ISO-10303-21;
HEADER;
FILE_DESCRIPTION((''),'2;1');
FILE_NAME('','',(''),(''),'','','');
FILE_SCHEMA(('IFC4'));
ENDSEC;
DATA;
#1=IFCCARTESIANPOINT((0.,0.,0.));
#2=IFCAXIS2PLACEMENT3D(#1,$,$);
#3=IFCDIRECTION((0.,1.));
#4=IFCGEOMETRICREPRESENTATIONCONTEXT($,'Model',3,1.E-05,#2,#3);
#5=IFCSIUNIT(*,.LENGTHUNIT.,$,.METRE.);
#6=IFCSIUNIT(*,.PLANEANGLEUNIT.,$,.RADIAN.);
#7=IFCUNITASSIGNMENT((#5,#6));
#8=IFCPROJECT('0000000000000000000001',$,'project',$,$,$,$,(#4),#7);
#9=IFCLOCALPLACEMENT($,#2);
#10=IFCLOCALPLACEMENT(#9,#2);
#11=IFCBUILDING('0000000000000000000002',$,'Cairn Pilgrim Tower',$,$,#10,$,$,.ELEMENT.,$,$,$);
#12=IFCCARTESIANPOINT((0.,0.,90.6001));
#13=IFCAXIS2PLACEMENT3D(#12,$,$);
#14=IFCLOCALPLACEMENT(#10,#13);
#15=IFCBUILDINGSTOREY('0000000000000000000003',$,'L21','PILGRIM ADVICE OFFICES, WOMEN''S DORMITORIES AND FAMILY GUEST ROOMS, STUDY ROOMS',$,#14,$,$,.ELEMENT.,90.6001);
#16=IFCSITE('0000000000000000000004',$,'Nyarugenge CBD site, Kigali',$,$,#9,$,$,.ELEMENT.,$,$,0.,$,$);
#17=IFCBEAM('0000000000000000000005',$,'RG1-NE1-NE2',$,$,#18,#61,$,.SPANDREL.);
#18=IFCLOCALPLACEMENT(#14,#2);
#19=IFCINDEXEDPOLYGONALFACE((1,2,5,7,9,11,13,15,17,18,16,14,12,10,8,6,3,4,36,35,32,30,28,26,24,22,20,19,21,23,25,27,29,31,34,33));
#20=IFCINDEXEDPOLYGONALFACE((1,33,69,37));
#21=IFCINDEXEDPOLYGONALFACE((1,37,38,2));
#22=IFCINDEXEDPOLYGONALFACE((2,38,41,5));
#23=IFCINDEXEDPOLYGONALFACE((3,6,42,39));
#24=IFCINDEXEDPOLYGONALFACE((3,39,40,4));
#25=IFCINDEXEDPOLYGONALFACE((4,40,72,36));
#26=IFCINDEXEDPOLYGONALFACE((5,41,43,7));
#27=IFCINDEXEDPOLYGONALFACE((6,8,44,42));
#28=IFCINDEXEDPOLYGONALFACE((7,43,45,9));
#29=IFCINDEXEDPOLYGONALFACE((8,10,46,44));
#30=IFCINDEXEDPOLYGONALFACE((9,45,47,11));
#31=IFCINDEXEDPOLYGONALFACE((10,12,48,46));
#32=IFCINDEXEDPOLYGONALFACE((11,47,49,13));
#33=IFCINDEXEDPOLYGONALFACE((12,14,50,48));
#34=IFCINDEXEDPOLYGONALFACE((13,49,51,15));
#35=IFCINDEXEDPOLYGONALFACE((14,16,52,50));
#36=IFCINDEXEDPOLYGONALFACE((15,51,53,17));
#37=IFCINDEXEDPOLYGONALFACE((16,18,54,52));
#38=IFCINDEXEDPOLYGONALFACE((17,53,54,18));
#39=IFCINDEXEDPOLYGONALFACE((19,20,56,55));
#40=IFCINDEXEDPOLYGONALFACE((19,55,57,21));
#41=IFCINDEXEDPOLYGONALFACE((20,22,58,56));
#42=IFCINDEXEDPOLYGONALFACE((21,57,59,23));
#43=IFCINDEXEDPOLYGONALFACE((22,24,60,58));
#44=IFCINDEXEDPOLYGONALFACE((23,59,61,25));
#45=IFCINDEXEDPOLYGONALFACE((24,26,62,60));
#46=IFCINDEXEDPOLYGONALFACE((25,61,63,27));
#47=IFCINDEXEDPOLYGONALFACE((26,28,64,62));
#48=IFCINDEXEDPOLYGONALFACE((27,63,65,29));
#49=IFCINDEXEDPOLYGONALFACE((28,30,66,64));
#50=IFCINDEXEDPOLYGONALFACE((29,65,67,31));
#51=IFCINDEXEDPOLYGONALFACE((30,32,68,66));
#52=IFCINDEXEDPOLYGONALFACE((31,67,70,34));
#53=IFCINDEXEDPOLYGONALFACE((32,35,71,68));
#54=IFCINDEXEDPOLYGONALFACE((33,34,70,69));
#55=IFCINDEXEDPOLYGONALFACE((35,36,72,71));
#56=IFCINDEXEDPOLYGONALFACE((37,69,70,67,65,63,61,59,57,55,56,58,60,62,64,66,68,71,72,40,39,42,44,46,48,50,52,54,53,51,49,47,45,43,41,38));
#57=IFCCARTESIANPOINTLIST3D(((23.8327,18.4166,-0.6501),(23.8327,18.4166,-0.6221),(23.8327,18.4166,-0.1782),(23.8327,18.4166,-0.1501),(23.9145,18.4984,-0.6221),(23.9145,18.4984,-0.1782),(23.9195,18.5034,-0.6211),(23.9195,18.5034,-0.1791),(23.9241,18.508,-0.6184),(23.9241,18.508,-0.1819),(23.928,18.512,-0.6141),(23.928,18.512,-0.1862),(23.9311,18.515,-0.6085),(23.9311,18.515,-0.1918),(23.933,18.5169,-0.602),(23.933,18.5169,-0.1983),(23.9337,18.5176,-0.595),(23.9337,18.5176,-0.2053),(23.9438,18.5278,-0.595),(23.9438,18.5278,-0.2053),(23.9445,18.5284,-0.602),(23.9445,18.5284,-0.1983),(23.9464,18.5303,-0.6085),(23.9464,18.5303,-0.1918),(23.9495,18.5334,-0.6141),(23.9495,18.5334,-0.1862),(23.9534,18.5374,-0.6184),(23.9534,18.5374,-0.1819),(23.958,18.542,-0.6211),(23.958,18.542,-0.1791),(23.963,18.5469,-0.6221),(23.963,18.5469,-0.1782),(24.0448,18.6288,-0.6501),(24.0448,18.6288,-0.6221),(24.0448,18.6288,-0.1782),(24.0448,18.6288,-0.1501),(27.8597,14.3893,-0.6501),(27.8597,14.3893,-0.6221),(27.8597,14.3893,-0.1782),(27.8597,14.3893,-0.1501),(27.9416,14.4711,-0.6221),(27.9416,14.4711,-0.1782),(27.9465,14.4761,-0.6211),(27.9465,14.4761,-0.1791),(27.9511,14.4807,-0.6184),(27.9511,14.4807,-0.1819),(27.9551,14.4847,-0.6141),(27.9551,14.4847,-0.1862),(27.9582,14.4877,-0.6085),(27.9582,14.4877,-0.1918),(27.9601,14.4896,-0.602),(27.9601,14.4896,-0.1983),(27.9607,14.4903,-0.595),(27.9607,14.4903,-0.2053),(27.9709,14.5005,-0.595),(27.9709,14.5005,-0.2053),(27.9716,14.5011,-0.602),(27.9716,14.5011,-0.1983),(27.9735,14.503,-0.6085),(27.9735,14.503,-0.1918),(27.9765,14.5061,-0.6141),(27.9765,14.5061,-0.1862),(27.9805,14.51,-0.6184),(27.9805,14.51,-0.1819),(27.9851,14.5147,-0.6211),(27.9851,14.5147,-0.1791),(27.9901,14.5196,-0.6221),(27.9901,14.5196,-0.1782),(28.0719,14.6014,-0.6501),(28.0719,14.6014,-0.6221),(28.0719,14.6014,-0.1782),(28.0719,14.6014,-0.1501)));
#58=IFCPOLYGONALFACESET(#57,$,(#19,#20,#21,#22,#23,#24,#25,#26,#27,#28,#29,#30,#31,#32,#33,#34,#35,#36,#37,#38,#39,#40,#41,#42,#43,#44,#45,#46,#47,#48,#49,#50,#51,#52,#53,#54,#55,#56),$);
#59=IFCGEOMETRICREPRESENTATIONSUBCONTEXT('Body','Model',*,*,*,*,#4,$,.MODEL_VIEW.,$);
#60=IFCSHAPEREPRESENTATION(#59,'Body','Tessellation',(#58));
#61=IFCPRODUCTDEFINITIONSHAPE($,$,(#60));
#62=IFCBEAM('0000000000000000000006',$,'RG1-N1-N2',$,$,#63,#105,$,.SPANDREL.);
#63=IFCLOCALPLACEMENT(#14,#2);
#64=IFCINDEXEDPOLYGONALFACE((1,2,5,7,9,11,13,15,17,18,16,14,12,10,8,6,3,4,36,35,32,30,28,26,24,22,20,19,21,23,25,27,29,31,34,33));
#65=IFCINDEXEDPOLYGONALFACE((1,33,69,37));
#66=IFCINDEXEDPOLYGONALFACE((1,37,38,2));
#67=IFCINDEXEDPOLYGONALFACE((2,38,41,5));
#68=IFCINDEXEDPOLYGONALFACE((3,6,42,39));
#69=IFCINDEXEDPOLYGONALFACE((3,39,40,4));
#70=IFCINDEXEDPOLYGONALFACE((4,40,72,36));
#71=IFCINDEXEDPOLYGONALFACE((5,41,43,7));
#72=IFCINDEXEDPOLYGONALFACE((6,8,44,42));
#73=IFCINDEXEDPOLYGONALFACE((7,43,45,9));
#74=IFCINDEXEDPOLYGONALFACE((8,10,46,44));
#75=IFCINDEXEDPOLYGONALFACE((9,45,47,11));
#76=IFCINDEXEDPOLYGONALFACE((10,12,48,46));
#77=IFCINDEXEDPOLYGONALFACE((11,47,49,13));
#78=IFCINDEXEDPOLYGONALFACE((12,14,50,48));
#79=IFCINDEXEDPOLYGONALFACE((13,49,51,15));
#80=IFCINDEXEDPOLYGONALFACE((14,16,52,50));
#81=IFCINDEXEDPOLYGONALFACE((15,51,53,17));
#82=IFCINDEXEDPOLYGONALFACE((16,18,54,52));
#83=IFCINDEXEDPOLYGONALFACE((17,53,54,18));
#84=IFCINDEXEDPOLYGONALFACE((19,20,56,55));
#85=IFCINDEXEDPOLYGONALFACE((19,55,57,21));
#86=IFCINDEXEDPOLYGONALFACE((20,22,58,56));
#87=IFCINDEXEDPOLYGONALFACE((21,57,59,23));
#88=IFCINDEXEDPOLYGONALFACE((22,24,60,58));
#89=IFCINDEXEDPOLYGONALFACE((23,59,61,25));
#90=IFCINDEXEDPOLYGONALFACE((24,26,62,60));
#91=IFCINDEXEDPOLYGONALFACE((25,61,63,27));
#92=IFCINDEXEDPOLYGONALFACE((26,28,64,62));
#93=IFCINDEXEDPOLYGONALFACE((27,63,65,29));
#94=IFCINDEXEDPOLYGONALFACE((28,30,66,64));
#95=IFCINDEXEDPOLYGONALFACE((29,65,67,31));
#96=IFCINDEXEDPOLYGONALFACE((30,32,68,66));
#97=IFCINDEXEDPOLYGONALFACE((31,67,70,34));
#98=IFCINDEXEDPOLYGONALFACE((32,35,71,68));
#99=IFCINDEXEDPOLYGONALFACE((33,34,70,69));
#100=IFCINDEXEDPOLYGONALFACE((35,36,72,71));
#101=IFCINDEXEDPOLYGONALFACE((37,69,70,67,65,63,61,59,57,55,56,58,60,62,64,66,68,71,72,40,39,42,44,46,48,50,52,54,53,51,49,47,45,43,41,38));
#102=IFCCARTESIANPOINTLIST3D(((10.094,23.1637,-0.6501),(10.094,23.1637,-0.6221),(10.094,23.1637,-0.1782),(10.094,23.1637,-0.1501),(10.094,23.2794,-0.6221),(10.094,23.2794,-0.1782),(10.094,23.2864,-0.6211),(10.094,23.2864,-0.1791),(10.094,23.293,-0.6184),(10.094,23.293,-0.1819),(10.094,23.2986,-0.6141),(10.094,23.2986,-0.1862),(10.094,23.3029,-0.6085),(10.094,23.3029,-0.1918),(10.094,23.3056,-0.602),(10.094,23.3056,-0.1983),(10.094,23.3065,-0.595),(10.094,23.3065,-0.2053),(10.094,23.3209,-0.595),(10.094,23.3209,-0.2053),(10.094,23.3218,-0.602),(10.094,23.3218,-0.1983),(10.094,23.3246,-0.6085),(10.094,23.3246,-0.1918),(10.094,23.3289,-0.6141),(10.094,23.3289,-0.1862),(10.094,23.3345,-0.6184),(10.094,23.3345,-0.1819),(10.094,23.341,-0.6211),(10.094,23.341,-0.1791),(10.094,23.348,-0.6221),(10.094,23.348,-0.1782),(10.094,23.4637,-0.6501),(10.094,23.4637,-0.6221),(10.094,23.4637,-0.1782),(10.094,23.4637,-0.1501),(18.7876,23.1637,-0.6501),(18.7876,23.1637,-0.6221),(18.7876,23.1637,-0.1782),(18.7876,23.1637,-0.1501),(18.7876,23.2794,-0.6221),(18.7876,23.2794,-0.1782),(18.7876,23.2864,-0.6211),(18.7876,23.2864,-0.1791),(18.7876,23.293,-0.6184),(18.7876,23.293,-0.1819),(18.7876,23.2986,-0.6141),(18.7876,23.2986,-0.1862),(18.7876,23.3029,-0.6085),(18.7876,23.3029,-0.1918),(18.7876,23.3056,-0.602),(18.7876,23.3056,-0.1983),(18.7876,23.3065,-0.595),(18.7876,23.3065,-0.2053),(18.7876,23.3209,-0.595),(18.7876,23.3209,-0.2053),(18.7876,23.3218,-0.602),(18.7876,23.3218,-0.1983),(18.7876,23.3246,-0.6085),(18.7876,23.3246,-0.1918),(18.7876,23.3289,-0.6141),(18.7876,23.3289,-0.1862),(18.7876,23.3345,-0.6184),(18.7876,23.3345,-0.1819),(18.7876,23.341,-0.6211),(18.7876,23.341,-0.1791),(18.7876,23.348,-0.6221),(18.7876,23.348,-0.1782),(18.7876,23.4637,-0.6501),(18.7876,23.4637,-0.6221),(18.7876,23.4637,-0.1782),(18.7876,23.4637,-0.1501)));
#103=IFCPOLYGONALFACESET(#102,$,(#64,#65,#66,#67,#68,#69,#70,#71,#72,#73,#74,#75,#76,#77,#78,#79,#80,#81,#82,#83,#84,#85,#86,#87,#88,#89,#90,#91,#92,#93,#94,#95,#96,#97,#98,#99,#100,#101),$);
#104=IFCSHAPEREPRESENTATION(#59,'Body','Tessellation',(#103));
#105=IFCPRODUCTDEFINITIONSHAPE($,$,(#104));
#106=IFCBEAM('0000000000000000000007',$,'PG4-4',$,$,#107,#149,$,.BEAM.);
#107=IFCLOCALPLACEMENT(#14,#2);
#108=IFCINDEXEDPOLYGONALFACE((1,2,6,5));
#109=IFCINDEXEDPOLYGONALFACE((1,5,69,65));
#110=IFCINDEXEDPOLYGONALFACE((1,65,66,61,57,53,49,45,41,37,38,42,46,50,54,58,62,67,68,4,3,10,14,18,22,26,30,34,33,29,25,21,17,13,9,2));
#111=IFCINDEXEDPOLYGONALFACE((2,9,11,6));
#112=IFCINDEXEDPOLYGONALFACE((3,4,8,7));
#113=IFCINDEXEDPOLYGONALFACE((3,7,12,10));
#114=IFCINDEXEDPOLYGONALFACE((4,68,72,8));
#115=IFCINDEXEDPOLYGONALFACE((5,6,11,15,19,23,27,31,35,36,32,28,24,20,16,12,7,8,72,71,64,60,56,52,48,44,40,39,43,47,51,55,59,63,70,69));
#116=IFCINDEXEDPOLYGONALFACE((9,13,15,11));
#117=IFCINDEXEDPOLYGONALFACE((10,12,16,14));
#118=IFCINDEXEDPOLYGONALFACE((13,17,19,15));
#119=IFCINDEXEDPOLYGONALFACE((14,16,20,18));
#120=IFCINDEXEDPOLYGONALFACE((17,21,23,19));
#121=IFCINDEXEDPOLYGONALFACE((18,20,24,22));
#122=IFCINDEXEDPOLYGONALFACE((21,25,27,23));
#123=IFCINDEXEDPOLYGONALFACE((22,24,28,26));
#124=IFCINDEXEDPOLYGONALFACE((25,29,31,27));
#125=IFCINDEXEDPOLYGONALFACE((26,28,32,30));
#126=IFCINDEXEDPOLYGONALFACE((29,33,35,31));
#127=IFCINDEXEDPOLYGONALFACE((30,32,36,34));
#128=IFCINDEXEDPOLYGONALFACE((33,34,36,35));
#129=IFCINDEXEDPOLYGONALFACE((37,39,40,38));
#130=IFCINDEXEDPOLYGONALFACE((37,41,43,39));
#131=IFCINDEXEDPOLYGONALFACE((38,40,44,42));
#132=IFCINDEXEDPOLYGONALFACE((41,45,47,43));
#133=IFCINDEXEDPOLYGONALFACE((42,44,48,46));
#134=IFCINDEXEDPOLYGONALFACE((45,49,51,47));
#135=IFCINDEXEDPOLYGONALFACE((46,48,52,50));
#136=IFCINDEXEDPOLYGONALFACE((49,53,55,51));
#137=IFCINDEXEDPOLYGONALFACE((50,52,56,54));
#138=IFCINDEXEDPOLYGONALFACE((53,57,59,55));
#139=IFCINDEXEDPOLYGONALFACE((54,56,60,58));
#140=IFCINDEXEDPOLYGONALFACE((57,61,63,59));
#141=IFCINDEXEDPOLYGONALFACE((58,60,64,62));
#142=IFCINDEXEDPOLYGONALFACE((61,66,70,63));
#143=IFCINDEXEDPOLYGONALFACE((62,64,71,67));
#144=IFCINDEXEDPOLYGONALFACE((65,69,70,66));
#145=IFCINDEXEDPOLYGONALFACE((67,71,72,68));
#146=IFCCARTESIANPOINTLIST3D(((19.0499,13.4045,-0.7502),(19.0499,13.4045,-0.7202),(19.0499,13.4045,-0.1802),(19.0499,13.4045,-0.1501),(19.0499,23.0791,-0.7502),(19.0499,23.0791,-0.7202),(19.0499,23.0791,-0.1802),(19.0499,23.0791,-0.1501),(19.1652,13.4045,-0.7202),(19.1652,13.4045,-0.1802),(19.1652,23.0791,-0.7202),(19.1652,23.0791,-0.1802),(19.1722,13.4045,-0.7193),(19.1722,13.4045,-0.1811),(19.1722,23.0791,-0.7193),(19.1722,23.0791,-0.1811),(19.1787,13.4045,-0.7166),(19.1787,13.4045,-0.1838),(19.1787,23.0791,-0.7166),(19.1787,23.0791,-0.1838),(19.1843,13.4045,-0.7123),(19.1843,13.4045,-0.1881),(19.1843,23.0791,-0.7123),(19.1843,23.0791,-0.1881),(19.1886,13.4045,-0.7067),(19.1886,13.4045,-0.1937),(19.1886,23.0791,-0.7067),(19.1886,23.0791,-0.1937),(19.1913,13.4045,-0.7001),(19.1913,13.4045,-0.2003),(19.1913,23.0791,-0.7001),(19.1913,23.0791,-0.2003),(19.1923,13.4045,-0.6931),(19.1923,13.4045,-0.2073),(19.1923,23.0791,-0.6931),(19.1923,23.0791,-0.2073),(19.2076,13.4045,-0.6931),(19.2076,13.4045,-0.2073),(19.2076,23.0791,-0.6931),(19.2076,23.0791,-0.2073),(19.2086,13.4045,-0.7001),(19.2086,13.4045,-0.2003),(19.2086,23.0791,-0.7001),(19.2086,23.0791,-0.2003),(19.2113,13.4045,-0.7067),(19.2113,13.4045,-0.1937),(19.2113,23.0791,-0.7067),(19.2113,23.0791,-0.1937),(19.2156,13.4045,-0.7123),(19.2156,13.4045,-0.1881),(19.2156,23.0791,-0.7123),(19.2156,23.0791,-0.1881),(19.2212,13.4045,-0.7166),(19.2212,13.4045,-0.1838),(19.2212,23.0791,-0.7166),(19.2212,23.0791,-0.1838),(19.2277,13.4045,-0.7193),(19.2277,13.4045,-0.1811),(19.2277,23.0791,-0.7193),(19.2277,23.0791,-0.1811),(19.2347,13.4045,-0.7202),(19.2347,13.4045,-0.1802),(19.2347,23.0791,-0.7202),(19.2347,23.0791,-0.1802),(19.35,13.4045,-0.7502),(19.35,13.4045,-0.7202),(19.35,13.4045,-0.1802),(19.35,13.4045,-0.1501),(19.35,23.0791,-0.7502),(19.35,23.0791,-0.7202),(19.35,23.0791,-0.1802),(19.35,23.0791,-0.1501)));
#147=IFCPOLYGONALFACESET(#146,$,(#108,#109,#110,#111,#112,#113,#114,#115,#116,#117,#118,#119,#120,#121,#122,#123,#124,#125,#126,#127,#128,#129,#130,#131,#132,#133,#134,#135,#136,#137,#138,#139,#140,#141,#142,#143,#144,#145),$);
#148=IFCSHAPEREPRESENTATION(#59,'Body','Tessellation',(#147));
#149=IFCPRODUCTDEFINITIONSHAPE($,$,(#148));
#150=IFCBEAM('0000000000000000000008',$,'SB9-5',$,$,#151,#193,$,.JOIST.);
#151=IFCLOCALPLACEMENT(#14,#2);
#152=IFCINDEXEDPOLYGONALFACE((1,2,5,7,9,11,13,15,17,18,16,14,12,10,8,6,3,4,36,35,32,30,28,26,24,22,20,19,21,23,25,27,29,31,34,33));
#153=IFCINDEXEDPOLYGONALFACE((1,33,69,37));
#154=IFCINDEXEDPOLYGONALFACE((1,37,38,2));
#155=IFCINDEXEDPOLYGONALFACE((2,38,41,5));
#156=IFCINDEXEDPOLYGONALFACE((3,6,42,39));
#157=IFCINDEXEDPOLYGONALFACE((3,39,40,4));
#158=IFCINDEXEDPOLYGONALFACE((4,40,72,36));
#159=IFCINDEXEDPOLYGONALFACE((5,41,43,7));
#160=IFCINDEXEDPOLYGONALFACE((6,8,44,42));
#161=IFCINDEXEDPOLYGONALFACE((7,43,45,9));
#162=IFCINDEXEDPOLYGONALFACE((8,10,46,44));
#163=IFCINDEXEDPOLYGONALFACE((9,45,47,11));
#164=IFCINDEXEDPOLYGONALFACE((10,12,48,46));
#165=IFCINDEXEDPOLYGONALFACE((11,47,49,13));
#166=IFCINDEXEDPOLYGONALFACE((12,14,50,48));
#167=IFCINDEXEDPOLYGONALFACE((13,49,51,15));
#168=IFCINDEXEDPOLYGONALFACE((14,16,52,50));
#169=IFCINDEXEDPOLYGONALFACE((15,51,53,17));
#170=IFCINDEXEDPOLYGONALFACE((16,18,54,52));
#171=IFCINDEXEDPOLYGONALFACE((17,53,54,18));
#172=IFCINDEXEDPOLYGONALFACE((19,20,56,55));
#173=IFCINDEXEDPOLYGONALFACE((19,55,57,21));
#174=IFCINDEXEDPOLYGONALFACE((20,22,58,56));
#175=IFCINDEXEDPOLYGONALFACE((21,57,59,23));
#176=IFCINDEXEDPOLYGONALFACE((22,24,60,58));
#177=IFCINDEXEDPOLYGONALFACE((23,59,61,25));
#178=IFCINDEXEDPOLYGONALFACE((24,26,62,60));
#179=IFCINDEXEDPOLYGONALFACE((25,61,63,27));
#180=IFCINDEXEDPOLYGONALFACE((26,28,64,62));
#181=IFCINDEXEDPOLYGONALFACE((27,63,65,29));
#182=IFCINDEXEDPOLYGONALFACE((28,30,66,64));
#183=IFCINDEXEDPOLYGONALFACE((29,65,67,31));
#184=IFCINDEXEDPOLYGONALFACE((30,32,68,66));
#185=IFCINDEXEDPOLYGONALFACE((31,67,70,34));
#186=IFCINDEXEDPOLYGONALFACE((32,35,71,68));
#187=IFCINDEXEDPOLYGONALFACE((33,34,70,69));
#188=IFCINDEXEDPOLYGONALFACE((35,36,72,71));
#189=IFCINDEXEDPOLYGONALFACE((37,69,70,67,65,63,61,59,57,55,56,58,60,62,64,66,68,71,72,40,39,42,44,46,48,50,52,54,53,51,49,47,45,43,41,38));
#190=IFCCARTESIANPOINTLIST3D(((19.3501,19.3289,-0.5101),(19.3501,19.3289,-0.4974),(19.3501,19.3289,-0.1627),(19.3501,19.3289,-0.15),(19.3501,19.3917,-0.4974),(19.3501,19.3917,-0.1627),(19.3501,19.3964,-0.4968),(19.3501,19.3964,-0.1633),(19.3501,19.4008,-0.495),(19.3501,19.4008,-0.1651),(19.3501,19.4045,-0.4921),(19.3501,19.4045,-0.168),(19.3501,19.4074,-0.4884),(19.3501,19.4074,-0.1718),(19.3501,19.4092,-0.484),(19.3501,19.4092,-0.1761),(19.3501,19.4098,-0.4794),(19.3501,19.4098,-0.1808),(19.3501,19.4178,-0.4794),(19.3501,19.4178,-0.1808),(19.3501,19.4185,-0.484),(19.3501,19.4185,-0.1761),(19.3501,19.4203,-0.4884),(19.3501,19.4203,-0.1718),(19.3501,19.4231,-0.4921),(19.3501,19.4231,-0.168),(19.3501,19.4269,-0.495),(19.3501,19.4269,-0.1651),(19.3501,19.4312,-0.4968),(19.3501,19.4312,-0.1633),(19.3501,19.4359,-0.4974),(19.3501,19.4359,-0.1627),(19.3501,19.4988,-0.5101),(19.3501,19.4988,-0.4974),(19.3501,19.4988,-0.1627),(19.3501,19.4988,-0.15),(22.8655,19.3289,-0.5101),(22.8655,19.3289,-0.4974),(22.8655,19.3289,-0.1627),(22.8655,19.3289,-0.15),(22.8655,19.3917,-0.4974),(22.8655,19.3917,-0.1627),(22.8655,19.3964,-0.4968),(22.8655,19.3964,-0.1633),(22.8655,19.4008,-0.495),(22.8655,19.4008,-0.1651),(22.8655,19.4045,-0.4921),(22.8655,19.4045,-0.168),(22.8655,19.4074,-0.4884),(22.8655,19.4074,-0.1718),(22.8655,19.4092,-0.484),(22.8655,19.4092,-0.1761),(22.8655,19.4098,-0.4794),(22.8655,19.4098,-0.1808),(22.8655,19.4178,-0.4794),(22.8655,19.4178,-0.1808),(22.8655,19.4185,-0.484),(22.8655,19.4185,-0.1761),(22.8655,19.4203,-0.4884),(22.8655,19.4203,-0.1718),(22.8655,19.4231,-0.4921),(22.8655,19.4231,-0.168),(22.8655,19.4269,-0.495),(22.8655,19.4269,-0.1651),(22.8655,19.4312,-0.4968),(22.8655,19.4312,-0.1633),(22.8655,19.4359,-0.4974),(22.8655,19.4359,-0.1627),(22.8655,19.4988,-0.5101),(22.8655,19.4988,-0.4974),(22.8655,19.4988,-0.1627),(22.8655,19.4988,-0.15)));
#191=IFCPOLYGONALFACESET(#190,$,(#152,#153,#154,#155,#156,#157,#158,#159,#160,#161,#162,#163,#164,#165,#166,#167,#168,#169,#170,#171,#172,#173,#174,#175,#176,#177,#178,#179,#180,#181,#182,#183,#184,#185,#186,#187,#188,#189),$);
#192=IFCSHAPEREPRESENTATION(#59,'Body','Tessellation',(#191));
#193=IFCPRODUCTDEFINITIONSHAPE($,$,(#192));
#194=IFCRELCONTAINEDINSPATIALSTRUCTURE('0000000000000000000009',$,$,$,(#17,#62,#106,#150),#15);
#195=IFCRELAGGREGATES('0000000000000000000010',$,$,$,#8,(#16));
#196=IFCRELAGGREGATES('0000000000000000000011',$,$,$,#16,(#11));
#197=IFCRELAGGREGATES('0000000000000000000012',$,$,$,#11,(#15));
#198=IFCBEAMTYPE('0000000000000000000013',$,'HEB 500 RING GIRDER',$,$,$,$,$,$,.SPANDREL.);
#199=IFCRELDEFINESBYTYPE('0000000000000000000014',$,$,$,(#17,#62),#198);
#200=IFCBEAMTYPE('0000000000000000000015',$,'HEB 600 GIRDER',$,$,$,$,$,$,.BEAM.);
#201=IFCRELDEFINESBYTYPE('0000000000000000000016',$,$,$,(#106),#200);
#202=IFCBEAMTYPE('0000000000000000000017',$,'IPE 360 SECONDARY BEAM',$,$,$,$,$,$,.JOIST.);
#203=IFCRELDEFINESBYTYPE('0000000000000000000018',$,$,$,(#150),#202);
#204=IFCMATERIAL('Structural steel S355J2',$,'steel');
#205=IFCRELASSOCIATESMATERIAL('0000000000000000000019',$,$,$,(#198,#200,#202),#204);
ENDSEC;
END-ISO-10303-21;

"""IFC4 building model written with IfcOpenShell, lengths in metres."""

from ifc_helpers import new_model, si_unit, direction, frame, origin, origin_2d, place, context, subcontext, project, spatial, i_section, extrude, material, material_profile, profile_set, type_object, element, save


model = new_model("IFC4")

# Units and contexts
model_context = context("Model", 3, precision=1e-05, world=origin(), true_north=direction((0.0, 1.0)))
body_context = subcontext(model_context, "Body", "Model", "MODEL_VIEW")
ifc_project = project(units=[si_unit("LENGTHUNIT", "METRE"), si_unit("PLANEANGLEUNIT", "RADIAN")], contexts=[model_context])

# Site, building, storey
site_placement = place(None, origin())
site = spatial("IfcSite", under=ifc_project, at=site_placement, Name="Nyarugenge CBD site, Kigali", CompositionType="ELEMENT", RefElevation=0.0)
building_placement = place(site_placement, origin())
building = spatial("IfcBuilding", under=site, at=building_placement, Name="Cairn Pilgrim Tower", CompositionType="ELEMENT")
storey_placement = place(building_placement, frame((0.0, 0.0, 90.6001)))
storey = spatial("IfcBuildingStorey", under=building, at=storey_placement, Name="L21", Description="PILGRIM ADVICE OFFICES, WOMEN'S DORMITORIES AND FAMILY GUEST ROOMS, STUDY ROOMS", CompositionType="ELEMENT", Elevation=90.6001)

# Shared definitions
ifc_material_1 = material(Name="Structural steel S355J2", Category="steel")

# Beams
ifc_material_profile_1 = material_profile(ifc_material_1, i_section(OverallWidth=0.3, OverallDepth=0.5, WebThickness=0.0144, FlangeThickness=0.0281, FilletRadius=0.0271, at=origin_2d()), Name="HEB 500")
ifc_profile_set_1 = profile_set([ifc_material_profile_1], Name="Structural steel S355J2")
beam_type_1 = type_object("IfcBeamType", Name="HEB 500 RING GIRDER", PredefinedType="SPANDREL", material=ifc_profile_set_1)
beam_1_placement = place(storey_placement, frame((27.9658, 14.4954, -0.4001), z_axis=(-0.707085, 0.707128, 0.0), x_axis=(-0.707128, -0.707085, 0.0)))
element("IfcBeam", 1, at=beam_1_placement, inside=storey, type_object=beam_type_1, Name="RG1-NE1-NE2", PredefinedType="SPANDREL", context=body_context, shape_type="SweptSolid", body=[
    extrude(i_section(OverallWidth=0.3, OverallDepth=0.5, WebThickness=0.0144, FlangeThickness=0.0281, FilletRadius=0.0271, at=origin_2d()), origin(), (0.0, 0.0, 1.0), 5.6953),
])
beam_2_placement = place(storey_placement, frame((18.7876, 23.3137, -0.4001), z_axis=(-1.0, 0.0, 0.0), x_axis=(0.0, -1.0, 0.0)))
element("IfcBeam", 2, at=beam_2_placement, inside=storey, type_object=beam_type_1, Name="RG1-N1-N2", PredefinedType="SPANDREL", context=body_context, shape_type="SweptSolid", body=[
    extrude(i_section(OverallWidth=0.3, OverallDepth=0.5, WebThickness=0.0144, FlangeThickness=0.0281, FilletRadius=0.0271, at=origin_2d()), origin(), (0.0, 0.0, 1.0), 8.6936),
])
ifc_material_profile_2 = material_profile(ifc_material_1, i_section(OverallWidth=0.3, OverallDepth=0.6001, WebThickness=0.0154, FlangeThickness=0.03, FilletRadius=0.0271, at=origin_2d()), Name="HEB 600")
ifc_profile_set_2 = profile_set([ifc_material_profile_2], Name="Structural steel S355J2")
beam_type_2 = type_object("IfcBeamType", Name="HEB 600 GIRDER", PredefinedType="BEAM", material=ifc_profile_set_2)
beam_3_placement = place(storey_placement, frame((19.2, 13.4045, -0.4502), z_axis=(0.0, 1.0, 0.0), x_axis=(-1.0, 0.0, 0.0)))
element("IfcBeam", 3, at=beam_3_placement, inside=storey, type_object=beam_type_2, Name="PG4-4", PredefinedType="BEAM", context=body_context, shape_type="SweptSolid", body=[
    extrude(i_section(OverallWidth=0.3, OverallDepth=0.6001, WebThickness=0.0154, FlangeThickness=0.03, FilletRadius=0.0271, at=origin_2d()), origin(), (0.0, 0.0, 1.0), 9.6746),
])
ifc_material_profile_3 = material_profile(ifc_material_1, i_section(OverallWidth=0.1699, OverallDepth=0.3601, WebThickness=0.0081, FlangeThickness=0.0127, FilletRadius=0.0181, at=origin_2d()), Name="IPE 360")
ifc_profile_set_3 = profile_set([ifc_material_profile_3], Name="Structural steel S355J2")
beam_type_3 = type_object("IfcBeamType", Name="IPE 360 SECONDARY BEAM", PredefinedType="JOIST", material=ifc_profile_set_3)
beam_4_placement = place(storey_placement, frame((19.3501, 19.4138, -0.3301), z_axis=(1.0, 0.0, 0.0), x_axis=(0.0, 1.0, 0.0)))
element("IfcBeam", 4, at=beam_4_placement, inside=storey, type_object=beam_type_3, Name="SB9-5", PredefinedType="JOIST", context=body_context, shape_type="SweptSolid", body=[
    extrude(i_section(OverallWidth=0.1699, OverallDepth=0.3601, WebThickness=0.0081, FlangeThickness=0.0127, FilletRadius=0.0181, at=origin_2d()), origin(), (0.0, 0.0, 1.0), 3.5154),
])

save(model, "model.ifc")
